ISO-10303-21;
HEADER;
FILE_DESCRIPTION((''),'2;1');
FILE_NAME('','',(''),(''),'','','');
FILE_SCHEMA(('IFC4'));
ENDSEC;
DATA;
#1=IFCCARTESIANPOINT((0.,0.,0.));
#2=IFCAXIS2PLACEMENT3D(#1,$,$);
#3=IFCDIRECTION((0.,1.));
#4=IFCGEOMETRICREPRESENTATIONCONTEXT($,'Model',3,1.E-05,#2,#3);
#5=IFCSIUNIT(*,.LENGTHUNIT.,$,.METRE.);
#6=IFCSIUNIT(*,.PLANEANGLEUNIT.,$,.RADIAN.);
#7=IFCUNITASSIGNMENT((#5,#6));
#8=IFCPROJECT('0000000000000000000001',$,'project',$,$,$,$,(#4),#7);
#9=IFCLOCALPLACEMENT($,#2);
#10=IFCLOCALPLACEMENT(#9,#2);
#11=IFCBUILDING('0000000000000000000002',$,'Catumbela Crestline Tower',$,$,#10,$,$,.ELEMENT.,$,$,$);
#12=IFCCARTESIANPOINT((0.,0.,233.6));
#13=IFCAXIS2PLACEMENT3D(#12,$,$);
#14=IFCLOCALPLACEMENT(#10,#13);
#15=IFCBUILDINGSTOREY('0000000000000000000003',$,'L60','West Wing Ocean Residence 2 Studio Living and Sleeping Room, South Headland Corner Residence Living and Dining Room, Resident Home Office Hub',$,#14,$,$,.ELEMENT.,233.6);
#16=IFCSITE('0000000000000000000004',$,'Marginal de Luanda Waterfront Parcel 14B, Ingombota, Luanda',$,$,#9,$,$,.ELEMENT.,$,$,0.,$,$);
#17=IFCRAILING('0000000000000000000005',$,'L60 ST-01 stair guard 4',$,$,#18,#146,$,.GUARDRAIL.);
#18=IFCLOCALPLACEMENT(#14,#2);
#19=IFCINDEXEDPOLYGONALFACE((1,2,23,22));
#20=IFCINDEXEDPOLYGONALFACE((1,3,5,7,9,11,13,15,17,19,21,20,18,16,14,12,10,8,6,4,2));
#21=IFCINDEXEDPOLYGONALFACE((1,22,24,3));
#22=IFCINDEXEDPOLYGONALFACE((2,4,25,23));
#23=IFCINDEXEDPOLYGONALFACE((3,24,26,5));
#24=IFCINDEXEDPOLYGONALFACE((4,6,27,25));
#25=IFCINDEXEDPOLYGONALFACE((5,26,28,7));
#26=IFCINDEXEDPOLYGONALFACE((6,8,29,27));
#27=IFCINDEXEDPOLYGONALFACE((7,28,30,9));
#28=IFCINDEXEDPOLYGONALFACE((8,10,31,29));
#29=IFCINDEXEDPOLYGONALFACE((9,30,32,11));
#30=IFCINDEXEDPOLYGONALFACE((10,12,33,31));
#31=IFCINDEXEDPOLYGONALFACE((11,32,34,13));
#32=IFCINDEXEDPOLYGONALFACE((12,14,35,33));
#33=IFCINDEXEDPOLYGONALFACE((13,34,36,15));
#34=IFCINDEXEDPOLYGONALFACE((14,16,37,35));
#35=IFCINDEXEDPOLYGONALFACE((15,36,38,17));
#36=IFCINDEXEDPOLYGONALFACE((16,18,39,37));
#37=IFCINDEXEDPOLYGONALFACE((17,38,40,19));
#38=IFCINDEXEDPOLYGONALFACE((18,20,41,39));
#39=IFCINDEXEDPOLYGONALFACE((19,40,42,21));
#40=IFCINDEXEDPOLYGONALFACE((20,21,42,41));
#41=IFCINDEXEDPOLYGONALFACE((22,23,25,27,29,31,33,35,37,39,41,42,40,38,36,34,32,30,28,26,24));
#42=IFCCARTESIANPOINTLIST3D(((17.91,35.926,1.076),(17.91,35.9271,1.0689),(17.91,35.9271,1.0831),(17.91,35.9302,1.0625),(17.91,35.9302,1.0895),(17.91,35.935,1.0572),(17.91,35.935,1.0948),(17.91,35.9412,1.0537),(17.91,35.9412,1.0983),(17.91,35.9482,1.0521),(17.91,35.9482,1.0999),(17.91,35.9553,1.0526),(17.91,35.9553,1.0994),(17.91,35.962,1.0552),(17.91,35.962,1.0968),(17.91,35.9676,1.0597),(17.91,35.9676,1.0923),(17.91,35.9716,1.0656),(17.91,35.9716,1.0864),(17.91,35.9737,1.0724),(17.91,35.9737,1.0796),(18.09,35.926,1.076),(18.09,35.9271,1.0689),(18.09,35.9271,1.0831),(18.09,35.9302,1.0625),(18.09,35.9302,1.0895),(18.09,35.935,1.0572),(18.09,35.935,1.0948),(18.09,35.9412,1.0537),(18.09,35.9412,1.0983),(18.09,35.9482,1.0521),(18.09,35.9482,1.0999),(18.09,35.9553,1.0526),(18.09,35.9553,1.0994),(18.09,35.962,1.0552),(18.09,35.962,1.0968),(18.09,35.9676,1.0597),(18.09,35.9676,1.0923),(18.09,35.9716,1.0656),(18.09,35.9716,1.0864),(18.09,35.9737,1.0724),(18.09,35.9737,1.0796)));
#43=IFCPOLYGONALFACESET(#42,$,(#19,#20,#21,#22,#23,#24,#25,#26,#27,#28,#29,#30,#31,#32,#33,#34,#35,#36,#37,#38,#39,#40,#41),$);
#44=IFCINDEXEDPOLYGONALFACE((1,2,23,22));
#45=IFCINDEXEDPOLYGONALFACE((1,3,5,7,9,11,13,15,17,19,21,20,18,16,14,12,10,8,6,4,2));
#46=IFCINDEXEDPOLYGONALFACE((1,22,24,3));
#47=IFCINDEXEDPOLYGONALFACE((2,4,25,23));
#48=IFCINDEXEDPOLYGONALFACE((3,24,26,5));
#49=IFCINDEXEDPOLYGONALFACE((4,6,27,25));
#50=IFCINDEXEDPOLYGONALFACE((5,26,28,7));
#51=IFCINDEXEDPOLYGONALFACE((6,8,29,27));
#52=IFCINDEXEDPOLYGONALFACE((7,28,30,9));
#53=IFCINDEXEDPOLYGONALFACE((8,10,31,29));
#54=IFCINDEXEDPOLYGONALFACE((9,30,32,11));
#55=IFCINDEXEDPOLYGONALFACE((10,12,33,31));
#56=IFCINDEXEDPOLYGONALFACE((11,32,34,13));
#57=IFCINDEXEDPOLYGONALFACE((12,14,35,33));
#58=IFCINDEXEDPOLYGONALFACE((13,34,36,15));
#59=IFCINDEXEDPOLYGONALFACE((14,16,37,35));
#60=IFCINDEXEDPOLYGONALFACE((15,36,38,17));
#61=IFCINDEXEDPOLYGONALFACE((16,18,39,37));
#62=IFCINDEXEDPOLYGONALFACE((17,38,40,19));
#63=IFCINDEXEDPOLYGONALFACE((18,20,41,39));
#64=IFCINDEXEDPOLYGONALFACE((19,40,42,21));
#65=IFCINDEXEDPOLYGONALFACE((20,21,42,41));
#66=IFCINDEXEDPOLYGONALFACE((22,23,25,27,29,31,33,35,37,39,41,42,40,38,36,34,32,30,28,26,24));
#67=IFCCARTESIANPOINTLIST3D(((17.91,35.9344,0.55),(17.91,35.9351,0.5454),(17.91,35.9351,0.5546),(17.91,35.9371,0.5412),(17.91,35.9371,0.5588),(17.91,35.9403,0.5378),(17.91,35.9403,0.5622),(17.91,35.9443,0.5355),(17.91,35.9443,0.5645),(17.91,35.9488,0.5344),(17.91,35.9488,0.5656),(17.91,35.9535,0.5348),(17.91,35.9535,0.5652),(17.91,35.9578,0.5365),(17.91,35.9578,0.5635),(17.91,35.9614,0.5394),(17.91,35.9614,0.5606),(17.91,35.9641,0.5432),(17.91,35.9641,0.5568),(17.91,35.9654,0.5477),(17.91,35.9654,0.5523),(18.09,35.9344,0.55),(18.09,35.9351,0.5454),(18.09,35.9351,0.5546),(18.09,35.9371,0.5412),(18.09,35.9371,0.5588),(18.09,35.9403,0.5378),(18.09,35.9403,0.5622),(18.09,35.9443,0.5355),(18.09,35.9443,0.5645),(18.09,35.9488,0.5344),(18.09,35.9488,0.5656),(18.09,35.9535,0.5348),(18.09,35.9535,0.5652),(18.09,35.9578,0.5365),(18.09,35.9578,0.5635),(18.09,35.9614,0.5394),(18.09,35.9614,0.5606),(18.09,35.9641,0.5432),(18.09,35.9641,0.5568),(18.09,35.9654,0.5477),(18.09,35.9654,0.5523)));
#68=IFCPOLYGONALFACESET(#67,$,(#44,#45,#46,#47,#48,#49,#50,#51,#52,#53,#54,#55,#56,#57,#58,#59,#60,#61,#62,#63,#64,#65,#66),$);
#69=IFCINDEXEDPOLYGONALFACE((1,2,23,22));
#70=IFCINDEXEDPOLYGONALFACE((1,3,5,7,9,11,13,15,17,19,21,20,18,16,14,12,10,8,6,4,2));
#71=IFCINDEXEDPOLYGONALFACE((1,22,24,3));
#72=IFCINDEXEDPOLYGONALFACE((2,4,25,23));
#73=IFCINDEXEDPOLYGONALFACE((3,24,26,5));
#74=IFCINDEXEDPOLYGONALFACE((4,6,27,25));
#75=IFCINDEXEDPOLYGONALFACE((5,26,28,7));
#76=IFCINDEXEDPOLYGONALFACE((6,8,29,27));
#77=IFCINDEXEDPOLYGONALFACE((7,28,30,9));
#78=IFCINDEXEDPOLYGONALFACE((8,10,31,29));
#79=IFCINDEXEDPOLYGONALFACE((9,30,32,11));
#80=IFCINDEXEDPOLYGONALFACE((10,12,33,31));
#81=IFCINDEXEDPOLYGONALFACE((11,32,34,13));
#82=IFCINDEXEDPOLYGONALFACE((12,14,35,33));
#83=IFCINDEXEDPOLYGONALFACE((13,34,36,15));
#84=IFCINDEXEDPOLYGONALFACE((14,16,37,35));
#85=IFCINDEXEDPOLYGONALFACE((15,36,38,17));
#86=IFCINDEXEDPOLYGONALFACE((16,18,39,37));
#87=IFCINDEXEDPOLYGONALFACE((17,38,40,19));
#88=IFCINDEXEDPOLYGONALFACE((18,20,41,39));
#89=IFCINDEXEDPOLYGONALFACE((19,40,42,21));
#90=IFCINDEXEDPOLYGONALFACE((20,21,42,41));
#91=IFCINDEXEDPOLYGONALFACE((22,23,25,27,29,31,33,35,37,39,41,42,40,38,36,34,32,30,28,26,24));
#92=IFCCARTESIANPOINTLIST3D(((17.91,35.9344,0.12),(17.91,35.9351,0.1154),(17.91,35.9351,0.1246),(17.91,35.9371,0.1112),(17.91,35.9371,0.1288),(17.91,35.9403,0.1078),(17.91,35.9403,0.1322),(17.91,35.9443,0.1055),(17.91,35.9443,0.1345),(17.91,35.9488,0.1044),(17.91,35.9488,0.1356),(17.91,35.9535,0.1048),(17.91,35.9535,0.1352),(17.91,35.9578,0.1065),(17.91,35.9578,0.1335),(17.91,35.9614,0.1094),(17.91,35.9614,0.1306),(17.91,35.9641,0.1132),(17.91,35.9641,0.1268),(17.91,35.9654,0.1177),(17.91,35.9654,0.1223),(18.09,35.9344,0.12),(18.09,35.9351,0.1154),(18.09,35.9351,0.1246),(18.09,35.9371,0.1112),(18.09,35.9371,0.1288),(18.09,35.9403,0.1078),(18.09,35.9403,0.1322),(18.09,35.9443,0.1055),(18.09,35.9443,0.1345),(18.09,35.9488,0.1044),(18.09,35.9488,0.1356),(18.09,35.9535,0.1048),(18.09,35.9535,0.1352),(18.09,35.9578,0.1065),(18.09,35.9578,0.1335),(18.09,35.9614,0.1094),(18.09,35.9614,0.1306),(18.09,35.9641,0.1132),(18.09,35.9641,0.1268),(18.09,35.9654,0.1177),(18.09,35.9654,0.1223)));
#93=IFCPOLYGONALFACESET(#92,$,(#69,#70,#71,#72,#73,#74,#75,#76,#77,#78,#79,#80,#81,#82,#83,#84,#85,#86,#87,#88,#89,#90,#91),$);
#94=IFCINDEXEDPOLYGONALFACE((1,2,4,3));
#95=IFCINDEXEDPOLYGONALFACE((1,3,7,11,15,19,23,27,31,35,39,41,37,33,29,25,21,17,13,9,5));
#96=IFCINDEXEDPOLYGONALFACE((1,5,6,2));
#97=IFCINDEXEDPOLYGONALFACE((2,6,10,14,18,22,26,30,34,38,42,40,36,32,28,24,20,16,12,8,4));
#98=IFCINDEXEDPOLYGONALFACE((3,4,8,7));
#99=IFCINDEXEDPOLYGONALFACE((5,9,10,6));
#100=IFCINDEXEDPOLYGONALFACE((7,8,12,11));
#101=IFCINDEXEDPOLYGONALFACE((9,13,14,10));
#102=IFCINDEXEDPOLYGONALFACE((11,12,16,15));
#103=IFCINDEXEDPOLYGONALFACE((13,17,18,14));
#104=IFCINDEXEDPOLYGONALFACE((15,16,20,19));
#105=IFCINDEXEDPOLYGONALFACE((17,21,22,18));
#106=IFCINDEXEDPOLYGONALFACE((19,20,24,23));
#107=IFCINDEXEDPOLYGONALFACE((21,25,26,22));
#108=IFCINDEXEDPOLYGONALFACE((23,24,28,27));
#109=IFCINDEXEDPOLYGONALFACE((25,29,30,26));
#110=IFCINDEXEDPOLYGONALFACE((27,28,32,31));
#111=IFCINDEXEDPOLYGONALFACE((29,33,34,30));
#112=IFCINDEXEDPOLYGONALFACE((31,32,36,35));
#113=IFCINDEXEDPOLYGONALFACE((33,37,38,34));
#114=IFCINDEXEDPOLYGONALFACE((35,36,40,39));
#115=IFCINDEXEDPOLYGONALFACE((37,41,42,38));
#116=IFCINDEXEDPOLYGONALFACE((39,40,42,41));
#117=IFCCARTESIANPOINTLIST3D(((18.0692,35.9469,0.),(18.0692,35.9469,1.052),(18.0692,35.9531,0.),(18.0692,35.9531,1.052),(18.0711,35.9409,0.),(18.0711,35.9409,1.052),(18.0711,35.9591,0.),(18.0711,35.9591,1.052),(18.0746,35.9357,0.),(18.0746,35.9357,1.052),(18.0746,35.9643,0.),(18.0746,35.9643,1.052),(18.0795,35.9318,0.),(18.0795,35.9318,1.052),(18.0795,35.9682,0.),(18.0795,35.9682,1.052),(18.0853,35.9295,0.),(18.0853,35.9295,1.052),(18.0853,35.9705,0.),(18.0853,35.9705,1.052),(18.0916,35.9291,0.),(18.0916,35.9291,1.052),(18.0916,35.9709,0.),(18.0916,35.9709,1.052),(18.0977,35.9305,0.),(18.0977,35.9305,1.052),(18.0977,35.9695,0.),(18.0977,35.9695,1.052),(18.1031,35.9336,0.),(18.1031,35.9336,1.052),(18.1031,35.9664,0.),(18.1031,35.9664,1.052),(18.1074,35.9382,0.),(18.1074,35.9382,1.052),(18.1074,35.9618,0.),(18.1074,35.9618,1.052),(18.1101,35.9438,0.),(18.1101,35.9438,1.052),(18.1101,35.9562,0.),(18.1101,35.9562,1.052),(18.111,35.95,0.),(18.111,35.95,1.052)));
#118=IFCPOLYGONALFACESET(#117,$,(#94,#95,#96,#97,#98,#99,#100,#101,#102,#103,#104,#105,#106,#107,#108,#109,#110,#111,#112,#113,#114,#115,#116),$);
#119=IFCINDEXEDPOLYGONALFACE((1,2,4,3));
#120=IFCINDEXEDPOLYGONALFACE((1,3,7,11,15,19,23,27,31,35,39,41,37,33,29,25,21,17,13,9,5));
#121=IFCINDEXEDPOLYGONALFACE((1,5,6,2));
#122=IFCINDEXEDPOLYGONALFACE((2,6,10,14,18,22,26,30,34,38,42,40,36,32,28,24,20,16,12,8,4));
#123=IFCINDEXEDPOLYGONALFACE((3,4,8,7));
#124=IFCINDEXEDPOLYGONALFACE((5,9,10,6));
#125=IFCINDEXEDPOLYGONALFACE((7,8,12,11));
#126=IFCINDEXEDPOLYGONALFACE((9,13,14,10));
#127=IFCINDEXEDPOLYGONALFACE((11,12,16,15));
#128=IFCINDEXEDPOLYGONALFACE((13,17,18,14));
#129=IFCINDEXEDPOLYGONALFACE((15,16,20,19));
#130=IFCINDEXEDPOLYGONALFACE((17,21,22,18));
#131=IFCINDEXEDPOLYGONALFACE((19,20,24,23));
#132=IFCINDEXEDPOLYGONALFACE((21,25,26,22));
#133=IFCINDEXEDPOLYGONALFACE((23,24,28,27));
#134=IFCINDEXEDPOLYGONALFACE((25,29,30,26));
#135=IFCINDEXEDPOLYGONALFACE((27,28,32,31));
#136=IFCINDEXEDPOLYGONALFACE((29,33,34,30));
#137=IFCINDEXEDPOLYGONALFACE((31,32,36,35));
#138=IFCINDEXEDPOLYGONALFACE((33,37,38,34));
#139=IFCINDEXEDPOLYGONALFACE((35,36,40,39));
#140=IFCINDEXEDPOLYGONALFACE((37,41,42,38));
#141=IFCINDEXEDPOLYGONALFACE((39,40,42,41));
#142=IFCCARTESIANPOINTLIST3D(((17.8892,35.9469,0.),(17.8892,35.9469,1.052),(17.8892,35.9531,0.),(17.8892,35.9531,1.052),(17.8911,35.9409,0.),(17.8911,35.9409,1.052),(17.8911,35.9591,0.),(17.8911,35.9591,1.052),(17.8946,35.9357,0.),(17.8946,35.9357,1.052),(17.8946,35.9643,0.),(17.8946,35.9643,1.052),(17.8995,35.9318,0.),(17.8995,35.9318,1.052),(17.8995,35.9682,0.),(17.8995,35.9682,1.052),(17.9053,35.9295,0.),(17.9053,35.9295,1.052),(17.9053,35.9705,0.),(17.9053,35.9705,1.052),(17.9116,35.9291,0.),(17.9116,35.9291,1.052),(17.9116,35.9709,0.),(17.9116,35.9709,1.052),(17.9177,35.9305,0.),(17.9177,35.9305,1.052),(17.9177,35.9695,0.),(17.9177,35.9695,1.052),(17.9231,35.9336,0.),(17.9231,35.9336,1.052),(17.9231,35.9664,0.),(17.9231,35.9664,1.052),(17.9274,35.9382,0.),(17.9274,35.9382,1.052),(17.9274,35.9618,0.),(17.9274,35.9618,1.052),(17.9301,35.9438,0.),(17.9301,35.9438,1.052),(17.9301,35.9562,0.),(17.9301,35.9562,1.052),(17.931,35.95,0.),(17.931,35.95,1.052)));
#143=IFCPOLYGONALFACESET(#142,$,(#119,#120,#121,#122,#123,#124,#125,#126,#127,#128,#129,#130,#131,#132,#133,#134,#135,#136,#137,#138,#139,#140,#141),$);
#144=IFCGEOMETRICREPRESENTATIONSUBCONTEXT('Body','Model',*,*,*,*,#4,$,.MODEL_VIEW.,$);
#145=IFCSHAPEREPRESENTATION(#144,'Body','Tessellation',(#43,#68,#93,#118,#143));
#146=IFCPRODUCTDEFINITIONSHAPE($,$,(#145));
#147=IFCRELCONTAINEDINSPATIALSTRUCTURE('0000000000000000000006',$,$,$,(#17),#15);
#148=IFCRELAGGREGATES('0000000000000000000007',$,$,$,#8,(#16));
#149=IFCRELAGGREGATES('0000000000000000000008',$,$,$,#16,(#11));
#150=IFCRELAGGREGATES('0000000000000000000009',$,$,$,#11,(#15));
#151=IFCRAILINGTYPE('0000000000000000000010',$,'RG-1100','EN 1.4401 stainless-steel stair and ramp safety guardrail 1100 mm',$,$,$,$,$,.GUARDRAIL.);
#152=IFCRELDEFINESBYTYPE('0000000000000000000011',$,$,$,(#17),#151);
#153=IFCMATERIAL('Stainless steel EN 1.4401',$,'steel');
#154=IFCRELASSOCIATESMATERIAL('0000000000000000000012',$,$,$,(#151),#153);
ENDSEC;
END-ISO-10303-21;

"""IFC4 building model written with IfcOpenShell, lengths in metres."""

from ifc_helpers import new_model, si_unit, direction, frame, origin, origin_2d, place, context, subcontext, project, spatial, circle, extrude, material, type_object, element, save


model = new_model("IFC4")

# Units and contexts
model_context = context("Model", 3, precision=1e-05, world=origin(), true_north=direction((0.0, 1.0)))
body_context = subcontext(model_context, "Body", "Model", "MODEL_VIEW")
ifc_project = project(units=[si_unit("LENGTHUNIT", "METRE"), si_unit("PLANEANGLEUNIT", "RADIAN")], contexts=[model_context])

# Site, building, storey
site_placement = place(None, origin())
site = spatial("IfcSite", under=ifc_project, at=site_placement, Name="Marginal de Luanda Waterfront Parcel 14B, Ingombota, Luanda", CompositionType="ELEMENT", RefElevation=0.0)
building_placement = place(site_placement, origin())
building = spatial("IfcBuilding", under=site, at=building_placement, Name="Catumbela Crestline Tower", CompositionType="ELEMENT")
storey_placement = place(building_placement, frame((0.0, 0.0, 233.6)))
storey = spatial("IfcBuildingStorey", under=building, at=storey_placement, Name="L60", Description="West Wing Ocean Residence 2 Studio Living and Sleeping Room, South Headland Corner Residence Living and Dining Room, Resident Home Office Hub", CompositionType="ELEMENT", Elevation=233.6)

# Shared definitions
ifc_material_1 = material(Name="Stainless steel EN 1.4401", Category="steel")

# Railing
railing_type_1 = type_object("IfcRailingType", Name="RG-1100", Description="EN 1.4401 stainless-steel stair and ramp safety guardrail 1100 mm", PredefinedType="GUARDRAIL", material=ifc_material_1)
railing_1_placement = place(storey_placement, frame((18.09, 35.95, 0.0)))
element("IfcRailing", 1, at=railing_1_placement, inside=storey, type_object=railing_type_1, Name="L60 ST-01 stair guard 4", PredefinedType="GUARDRAIL", context=body_context, shape_type="SweptSolid", body=[
    extrude(circle(Radius=0.024, at=origin_2d()), frame((0.0, 0.0, 1.076), z_axis=(-1.0, 0.0, 0.0), x_axis=(0.0, -1.0, 0.0)), (0.0, 0.0, 1.0), 0.18),
    extrude(circle(Radius=0.0156, at=origin_2d()), frame((0.0, 0.0, 0.55), z_axis=(-1.0, 0.0, 0.0), x_axis=(0.0, -1.0, 0.0)), (0.0, 0.0, 1.0), 0.18),
    extrude(circle(Radius=0.0156, at=origin_2d()), frame((0.0, 0.0, 0.12), z_axis=(-1.0, 0.0, 0.0), x_axis=(0.0, -1.0, 0.0)), (0.0, 0.0, 1.0), 0.18),
    extrude(circle(Radius=0.021, at=origin_2d()), origin(), (0.0, 0.0, 1.0), 1.052),
    extrude(circle(Radius=0.021, at=origin_2d()), frame((-0.18, 0.0, 0.0)), (0.0, 0.0, 1.0), 1.052),
])

save(model, "model.ifc")
